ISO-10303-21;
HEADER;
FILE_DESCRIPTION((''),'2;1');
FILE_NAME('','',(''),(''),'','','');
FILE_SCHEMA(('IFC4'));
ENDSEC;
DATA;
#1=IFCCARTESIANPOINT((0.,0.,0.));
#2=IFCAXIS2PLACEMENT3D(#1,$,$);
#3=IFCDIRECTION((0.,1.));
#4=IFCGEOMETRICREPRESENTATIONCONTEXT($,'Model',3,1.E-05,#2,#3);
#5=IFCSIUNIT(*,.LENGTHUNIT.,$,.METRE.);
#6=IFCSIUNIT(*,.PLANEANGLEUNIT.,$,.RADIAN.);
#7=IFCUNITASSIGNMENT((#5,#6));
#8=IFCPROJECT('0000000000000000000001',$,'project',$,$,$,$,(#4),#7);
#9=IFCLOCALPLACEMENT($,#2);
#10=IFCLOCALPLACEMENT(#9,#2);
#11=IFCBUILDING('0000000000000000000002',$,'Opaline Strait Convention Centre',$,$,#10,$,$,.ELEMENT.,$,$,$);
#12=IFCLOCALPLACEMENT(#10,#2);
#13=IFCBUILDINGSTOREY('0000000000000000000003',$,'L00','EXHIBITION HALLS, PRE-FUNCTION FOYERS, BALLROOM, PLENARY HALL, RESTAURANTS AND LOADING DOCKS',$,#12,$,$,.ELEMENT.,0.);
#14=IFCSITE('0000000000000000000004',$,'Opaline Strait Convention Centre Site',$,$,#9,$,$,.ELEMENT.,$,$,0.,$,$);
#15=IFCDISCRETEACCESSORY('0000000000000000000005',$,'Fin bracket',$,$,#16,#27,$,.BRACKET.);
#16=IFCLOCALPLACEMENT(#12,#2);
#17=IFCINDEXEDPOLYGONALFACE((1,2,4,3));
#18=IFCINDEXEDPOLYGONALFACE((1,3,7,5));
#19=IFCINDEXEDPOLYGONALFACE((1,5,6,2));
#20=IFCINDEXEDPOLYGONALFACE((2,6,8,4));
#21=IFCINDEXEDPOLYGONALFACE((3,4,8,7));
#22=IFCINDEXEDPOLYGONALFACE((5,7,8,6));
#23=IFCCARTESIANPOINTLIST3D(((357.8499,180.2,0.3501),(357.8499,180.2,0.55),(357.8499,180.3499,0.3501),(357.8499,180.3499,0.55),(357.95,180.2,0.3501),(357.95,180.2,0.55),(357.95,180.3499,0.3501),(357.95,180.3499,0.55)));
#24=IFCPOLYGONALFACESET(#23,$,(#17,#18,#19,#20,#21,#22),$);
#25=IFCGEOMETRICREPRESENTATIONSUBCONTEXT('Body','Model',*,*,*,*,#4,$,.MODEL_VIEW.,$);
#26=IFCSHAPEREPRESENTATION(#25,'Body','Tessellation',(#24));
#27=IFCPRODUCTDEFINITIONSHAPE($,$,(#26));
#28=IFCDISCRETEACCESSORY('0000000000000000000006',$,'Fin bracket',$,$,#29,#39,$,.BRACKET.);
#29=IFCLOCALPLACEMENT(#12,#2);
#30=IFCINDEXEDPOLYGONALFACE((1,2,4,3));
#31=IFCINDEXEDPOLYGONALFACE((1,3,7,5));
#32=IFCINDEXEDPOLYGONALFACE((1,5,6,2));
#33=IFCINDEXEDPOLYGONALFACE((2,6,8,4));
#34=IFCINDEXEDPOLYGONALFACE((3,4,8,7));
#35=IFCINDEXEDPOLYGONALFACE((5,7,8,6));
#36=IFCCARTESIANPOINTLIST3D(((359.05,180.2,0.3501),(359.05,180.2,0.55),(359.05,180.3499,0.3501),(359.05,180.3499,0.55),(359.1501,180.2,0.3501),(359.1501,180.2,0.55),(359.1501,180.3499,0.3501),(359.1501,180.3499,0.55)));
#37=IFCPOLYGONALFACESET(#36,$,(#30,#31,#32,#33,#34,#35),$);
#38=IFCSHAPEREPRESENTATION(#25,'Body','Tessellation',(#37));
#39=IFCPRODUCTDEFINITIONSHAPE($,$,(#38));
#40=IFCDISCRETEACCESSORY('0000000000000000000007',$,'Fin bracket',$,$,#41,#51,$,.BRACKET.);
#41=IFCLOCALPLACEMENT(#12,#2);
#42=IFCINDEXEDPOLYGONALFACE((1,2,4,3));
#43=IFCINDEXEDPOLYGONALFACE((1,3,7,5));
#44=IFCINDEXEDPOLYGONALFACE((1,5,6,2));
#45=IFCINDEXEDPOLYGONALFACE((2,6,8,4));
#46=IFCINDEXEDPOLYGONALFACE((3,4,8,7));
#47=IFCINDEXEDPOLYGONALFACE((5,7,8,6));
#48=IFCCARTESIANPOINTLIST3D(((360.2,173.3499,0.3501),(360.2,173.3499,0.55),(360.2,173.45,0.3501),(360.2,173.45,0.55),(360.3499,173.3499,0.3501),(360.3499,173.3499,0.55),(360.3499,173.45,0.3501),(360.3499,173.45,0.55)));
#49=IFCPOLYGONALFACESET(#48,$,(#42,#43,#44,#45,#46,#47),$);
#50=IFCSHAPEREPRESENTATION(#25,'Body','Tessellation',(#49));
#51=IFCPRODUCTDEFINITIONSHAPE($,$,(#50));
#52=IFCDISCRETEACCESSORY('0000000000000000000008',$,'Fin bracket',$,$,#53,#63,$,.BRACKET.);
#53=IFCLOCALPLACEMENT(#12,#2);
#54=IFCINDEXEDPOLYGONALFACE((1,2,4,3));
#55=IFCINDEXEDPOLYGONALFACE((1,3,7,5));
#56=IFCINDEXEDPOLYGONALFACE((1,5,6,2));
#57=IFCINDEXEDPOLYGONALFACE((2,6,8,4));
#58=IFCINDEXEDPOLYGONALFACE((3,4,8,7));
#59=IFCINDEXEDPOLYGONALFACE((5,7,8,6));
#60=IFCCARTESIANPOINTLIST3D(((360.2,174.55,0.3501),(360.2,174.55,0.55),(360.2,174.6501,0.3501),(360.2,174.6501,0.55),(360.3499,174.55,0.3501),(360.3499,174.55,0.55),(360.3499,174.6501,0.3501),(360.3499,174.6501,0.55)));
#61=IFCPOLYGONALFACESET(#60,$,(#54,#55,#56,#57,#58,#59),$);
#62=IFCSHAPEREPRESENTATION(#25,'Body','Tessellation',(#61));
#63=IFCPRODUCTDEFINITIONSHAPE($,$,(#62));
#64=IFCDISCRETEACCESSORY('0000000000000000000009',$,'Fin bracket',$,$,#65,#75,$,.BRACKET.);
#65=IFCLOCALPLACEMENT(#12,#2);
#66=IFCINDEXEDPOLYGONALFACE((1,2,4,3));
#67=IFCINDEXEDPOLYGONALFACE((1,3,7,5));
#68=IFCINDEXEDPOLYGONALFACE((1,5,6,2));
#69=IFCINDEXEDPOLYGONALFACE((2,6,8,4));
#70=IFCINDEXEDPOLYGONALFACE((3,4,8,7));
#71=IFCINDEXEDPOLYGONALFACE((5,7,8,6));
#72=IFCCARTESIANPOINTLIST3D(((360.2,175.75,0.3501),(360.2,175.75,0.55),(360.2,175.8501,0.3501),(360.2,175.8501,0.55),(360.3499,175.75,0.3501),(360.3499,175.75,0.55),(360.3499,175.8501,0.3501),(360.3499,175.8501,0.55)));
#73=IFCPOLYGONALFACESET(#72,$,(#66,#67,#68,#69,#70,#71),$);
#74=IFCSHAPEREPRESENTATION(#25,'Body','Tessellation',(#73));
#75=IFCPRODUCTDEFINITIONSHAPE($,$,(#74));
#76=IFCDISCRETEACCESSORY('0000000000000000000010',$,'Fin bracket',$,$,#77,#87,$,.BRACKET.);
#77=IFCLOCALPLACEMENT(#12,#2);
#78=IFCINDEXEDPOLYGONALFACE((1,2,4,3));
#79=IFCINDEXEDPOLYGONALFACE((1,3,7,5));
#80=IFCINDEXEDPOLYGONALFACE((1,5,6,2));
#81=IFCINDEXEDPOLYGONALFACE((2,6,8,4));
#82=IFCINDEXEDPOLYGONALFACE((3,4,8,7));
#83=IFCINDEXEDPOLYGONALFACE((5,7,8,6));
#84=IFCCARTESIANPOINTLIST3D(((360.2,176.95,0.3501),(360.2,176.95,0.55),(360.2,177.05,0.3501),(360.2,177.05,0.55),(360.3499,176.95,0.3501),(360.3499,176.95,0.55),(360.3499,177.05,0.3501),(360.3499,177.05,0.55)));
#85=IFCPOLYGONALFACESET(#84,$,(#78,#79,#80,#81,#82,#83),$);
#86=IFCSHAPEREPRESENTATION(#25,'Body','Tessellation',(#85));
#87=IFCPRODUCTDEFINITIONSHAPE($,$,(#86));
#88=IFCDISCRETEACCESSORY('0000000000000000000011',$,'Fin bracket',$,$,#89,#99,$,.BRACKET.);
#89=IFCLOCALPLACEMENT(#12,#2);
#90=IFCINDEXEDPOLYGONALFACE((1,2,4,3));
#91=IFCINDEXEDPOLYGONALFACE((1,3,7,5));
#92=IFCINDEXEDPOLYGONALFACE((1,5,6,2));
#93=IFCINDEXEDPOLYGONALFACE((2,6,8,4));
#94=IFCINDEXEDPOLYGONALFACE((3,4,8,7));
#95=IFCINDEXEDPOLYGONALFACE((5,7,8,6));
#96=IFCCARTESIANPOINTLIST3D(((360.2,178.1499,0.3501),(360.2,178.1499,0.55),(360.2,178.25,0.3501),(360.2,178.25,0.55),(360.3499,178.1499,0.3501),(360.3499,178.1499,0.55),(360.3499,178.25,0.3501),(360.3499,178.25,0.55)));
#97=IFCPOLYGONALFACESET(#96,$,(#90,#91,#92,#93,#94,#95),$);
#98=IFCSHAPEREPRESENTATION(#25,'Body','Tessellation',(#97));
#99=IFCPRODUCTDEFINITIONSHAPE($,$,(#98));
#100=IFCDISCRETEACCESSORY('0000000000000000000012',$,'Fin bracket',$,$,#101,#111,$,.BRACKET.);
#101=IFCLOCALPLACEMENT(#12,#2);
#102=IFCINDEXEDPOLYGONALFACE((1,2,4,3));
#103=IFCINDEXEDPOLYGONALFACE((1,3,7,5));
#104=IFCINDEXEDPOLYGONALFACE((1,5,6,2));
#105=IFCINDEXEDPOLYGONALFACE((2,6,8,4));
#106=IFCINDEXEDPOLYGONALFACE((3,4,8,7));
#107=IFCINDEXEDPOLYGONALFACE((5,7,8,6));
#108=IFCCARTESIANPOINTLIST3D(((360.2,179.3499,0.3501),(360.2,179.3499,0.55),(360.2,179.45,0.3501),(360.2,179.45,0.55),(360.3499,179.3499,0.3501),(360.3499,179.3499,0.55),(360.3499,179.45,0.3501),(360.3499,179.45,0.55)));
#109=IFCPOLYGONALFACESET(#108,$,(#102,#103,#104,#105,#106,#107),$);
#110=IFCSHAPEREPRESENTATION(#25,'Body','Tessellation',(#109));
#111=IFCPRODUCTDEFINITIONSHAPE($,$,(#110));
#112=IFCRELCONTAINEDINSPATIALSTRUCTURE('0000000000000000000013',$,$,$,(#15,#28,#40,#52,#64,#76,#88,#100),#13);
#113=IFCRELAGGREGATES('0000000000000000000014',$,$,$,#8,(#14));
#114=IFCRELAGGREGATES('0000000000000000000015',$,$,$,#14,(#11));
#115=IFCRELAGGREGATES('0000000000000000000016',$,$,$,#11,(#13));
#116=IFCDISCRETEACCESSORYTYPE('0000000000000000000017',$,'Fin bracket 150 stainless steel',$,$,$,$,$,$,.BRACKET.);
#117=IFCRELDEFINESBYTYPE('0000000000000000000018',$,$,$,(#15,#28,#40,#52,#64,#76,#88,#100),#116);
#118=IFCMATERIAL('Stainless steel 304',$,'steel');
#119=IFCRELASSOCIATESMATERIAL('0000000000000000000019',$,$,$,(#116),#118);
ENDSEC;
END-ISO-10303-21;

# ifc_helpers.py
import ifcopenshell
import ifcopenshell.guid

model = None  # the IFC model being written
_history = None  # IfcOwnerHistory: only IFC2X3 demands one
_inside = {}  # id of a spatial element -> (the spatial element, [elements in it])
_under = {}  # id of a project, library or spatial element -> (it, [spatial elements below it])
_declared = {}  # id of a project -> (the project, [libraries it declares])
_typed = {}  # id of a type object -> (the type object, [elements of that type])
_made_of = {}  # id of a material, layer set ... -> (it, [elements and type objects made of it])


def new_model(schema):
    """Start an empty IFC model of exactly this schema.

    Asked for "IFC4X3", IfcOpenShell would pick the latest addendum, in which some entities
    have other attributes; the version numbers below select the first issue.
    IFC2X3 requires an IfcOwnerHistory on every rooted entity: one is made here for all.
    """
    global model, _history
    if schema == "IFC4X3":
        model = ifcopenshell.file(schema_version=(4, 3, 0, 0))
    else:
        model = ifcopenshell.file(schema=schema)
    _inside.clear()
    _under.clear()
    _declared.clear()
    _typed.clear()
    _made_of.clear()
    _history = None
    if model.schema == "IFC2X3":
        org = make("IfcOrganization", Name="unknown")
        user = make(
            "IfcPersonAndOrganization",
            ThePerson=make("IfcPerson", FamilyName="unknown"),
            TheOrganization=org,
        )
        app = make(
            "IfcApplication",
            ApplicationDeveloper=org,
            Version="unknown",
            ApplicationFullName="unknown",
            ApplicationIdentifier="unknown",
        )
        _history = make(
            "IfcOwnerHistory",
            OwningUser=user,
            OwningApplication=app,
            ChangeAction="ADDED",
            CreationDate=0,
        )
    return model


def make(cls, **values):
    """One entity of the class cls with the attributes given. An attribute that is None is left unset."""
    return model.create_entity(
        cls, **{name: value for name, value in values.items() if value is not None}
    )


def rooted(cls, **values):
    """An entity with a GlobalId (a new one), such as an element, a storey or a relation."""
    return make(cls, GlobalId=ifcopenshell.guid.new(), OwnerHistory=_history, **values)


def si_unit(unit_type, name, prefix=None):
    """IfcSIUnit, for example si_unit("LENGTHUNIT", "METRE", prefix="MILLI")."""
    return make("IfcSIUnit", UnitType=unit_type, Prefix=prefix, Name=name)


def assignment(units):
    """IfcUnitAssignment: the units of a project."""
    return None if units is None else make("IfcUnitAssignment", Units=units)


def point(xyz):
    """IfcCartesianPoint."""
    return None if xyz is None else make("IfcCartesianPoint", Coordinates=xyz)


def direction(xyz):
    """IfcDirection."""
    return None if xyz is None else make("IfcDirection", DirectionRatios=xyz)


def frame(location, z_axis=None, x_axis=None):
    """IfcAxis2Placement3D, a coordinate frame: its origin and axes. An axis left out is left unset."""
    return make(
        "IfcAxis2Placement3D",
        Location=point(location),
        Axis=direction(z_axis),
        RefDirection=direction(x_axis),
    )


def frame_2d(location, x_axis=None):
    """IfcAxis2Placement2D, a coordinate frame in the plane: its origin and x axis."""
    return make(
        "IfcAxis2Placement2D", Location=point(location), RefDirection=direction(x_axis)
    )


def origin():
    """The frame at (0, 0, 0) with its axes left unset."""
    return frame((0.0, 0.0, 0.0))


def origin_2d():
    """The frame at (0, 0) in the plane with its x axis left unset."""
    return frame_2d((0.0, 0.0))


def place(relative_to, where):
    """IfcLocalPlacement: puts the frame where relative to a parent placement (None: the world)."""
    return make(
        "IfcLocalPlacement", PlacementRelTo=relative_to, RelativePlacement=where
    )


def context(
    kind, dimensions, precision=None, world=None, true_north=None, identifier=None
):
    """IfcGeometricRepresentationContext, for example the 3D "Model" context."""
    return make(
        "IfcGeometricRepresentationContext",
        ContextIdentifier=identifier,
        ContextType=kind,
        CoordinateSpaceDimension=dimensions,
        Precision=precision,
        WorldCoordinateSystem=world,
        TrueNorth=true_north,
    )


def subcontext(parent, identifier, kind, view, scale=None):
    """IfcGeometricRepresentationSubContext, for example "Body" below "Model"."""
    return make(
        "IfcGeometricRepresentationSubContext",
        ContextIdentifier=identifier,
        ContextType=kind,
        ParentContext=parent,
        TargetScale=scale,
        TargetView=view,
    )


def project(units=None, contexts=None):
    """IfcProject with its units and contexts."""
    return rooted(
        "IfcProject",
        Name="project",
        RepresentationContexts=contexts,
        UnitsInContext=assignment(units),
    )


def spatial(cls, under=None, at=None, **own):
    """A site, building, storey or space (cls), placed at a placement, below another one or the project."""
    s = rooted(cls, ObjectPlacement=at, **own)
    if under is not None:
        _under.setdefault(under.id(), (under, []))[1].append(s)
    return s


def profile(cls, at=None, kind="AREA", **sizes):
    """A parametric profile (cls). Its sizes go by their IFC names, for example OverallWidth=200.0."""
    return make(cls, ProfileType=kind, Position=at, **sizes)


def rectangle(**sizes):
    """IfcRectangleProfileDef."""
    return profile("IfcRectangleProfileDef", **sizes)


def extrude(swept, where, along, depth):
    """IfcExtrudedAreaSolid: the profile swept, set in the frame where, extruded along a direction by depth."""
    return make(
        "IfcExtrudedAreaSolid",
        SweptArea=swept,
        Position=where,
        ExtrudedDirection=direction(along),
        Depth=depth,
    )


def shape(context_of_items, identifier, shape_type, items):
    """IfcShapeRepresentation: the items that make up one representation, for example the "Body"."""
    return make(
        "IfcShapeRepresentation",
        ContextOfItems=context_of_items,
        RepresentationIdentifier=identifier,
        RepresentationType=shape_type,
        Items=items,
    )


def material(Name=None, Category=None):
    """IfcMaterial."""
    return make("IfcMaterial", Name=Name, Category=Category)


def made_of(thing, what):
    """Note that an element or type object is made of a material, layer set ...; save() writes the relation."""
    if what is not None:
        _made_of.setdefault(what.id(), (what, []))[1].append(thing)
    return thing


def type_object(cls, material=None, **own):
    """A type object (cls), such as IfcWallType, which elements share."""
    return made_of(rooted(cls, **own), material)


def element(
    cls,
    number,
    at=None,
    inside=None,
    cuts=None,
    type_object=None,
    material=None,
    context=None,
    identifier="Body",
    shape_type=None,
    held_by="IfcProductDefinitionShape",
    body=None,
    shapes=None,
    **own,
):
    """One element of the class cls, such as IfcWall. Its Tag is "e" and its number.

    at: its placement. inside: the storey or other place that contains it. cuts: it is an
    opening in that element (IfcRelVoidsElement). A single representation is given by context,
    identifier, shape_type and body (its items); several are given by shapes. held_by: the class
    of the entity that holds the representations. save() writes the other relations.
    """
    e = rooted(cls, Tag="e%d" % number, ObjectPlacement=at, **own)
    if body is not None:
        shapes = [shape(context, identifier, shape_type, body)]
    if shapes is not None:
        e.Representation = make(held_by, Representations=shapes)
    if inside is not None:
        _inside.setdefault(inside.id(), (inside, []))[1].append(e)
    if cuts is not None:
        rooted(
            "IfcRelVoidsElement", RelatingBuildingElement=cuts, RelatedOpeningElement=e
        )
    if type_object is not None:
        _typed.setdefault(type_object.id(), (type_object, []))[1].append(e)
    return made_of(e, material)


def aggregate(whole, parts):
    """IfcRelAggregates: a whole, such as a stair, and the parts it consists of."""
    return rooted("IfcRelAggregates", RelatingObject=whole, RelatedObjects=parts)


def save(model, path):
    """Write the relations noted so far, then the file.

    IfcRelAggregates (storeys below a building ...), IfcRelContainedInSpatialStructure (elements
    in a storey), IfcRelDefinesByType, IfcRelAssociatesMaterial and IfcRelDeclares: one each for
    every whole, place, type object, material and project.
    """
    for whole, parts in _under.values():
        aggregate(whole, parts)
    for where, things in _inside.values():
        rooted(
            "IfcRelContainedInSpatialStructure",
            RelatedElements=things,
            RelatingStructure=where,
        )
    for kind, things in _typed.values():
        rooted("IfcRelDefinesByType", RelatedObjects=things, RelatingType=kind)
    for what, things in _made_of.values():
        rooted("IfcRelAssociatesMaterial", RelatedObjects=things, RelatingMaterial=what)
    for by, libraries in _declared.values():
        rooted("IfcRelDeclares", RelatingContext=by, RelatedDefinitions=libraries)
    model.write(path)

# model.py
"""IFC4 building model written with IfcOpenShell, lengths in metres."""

from ifc_helpers import new_model, si_unit, direction, frame, origin, origin_2d, place, context, subcontext, project, spatial, rectangle, extrude, material, type_object, element, save


model = new_model("IFC4")

# Units and contexts
model_context = context("Model", 3, precision=1e-05, world=origin(), true_north=direction((0.0, 1.0)))
body_context = subcontext(model_context, "Body", "Model", "MODEL_VIEW")
ifc_project = project(units=[si_unit("LENGTHUNIT", "METRE"), si_unit("PLANEANGLEUNIT", "RADIAN")], contexts=[model_context])

# Site, building, storey
site_placement = place(None, origin())
site = spatial("IfcSite", under=ifc_project, at=site_placement, Name="Opaline Strait Convention Centre Site", CompositionType="ELEMENT", RefElevation=0.0)
building_placement = place(site_placement, origin())
building = spatial("IfcBuilding", under=site, at=building_placement, Name="Opaline Strait Convention Centre", CompositionType="ELEMENT")
storey_placement = place(building_placement, origin())
storey = spatial("IfcBuildingStorey", under=building, at=storey_placement, Name="L00", Description="EXHIBITION HALLS, PRE-FUNCTION FOYERS, BALLROOM, PLENARY HALL, RESTAURANTS AND LOADING DOCKS", CompositionType="ELEMENT", Elevation=0.0)

# Discrete accessories
ifc_material_1 = material(Name="Stainless steel 304", Category="steel")
discrete_accessory_type = type_object("IfcDiscreteAccessoryType", Name="Fin bracket 150 stainless steel", PredefinedType="BRACKET", material=ifc_material_1)
for number, where, z_axis, x_axis, name in (
    (1, (357.8999, 180.2749, 0.3501), (0.0, 0.0, 1.0), (1.0, 0.0, 0.0), "Fin bracket"),
    (2, (359.1001, 180.2749, 0.3501), (0.0, 0.0, 1.0), (1.0, 0.0, 0.0), "Fin bracket"),
):
    element("IfcDiscreteAccessory", number, at=place(storey_placement, frame(where, z_axis=z_axis, x_axis=x_axis)), inside=storey, type_object=discrete_accessory_type, Name=name, PredefinedType="BRACKET", context=body_context, shape_type="SweptSolid", body=[
        extrude(rectangle(XDim=0.1001, YDim=0.1499, at=origin_2d()), origin(), (0.0, 0.0, 1.0), 0.2),
    ])
for number, where, z_axis, x_axis, name in (
    (3, (360.2749, 173.3999, 0.3501), (0.0, 0.0, 1.0), (1.0, 0.0, 0.0), "Fin bracket"),
    (4, (360.2749, 174.6001, 0.3501), (0.0, 0.0, 1.0), (1.0, 0.0, 0.0), "Fin bracket"),
    (5, (360.2749, 175.8, 0.3501), (0.0, 0.0, 1.0), (1.0, 0.0, 0.0), "Fin bracket"),
    (6, (360.2749, 177.0, 0.3501), (0.0, 0.0, 1.0), (1.0, 0.0, 0.0), "Fin bracket"),
    (7, (360.2749, 178.2, 0.3501), (0.0, 0.0, 1.0), (1.0, 0.0, 0.0), "Fin bracket"),
    (8, (360.2749, 179.3999, 0.3501), (0.0, 0.0, 1.0), (1.0, 0.0, 0.0), "Fin bracket"),
):
    element("IfcDiscreteAccessory", number, at=place(storey_placement, frame(where, z_axis=z_axis, x_axis=x_axis)), inside=storey, type_object=discrete_accessory_type, Name=name, PredefinedType="BRACKET", context=body_context, shape_type="SweptSolid", body=[
        extrude(rectangle(XDim=0.1499, YDim=0.1001, at=origin_2d()), origin(), (0.0, 0.0, 1.0), 0.2),
    ])

save(model, "model.ifc")
